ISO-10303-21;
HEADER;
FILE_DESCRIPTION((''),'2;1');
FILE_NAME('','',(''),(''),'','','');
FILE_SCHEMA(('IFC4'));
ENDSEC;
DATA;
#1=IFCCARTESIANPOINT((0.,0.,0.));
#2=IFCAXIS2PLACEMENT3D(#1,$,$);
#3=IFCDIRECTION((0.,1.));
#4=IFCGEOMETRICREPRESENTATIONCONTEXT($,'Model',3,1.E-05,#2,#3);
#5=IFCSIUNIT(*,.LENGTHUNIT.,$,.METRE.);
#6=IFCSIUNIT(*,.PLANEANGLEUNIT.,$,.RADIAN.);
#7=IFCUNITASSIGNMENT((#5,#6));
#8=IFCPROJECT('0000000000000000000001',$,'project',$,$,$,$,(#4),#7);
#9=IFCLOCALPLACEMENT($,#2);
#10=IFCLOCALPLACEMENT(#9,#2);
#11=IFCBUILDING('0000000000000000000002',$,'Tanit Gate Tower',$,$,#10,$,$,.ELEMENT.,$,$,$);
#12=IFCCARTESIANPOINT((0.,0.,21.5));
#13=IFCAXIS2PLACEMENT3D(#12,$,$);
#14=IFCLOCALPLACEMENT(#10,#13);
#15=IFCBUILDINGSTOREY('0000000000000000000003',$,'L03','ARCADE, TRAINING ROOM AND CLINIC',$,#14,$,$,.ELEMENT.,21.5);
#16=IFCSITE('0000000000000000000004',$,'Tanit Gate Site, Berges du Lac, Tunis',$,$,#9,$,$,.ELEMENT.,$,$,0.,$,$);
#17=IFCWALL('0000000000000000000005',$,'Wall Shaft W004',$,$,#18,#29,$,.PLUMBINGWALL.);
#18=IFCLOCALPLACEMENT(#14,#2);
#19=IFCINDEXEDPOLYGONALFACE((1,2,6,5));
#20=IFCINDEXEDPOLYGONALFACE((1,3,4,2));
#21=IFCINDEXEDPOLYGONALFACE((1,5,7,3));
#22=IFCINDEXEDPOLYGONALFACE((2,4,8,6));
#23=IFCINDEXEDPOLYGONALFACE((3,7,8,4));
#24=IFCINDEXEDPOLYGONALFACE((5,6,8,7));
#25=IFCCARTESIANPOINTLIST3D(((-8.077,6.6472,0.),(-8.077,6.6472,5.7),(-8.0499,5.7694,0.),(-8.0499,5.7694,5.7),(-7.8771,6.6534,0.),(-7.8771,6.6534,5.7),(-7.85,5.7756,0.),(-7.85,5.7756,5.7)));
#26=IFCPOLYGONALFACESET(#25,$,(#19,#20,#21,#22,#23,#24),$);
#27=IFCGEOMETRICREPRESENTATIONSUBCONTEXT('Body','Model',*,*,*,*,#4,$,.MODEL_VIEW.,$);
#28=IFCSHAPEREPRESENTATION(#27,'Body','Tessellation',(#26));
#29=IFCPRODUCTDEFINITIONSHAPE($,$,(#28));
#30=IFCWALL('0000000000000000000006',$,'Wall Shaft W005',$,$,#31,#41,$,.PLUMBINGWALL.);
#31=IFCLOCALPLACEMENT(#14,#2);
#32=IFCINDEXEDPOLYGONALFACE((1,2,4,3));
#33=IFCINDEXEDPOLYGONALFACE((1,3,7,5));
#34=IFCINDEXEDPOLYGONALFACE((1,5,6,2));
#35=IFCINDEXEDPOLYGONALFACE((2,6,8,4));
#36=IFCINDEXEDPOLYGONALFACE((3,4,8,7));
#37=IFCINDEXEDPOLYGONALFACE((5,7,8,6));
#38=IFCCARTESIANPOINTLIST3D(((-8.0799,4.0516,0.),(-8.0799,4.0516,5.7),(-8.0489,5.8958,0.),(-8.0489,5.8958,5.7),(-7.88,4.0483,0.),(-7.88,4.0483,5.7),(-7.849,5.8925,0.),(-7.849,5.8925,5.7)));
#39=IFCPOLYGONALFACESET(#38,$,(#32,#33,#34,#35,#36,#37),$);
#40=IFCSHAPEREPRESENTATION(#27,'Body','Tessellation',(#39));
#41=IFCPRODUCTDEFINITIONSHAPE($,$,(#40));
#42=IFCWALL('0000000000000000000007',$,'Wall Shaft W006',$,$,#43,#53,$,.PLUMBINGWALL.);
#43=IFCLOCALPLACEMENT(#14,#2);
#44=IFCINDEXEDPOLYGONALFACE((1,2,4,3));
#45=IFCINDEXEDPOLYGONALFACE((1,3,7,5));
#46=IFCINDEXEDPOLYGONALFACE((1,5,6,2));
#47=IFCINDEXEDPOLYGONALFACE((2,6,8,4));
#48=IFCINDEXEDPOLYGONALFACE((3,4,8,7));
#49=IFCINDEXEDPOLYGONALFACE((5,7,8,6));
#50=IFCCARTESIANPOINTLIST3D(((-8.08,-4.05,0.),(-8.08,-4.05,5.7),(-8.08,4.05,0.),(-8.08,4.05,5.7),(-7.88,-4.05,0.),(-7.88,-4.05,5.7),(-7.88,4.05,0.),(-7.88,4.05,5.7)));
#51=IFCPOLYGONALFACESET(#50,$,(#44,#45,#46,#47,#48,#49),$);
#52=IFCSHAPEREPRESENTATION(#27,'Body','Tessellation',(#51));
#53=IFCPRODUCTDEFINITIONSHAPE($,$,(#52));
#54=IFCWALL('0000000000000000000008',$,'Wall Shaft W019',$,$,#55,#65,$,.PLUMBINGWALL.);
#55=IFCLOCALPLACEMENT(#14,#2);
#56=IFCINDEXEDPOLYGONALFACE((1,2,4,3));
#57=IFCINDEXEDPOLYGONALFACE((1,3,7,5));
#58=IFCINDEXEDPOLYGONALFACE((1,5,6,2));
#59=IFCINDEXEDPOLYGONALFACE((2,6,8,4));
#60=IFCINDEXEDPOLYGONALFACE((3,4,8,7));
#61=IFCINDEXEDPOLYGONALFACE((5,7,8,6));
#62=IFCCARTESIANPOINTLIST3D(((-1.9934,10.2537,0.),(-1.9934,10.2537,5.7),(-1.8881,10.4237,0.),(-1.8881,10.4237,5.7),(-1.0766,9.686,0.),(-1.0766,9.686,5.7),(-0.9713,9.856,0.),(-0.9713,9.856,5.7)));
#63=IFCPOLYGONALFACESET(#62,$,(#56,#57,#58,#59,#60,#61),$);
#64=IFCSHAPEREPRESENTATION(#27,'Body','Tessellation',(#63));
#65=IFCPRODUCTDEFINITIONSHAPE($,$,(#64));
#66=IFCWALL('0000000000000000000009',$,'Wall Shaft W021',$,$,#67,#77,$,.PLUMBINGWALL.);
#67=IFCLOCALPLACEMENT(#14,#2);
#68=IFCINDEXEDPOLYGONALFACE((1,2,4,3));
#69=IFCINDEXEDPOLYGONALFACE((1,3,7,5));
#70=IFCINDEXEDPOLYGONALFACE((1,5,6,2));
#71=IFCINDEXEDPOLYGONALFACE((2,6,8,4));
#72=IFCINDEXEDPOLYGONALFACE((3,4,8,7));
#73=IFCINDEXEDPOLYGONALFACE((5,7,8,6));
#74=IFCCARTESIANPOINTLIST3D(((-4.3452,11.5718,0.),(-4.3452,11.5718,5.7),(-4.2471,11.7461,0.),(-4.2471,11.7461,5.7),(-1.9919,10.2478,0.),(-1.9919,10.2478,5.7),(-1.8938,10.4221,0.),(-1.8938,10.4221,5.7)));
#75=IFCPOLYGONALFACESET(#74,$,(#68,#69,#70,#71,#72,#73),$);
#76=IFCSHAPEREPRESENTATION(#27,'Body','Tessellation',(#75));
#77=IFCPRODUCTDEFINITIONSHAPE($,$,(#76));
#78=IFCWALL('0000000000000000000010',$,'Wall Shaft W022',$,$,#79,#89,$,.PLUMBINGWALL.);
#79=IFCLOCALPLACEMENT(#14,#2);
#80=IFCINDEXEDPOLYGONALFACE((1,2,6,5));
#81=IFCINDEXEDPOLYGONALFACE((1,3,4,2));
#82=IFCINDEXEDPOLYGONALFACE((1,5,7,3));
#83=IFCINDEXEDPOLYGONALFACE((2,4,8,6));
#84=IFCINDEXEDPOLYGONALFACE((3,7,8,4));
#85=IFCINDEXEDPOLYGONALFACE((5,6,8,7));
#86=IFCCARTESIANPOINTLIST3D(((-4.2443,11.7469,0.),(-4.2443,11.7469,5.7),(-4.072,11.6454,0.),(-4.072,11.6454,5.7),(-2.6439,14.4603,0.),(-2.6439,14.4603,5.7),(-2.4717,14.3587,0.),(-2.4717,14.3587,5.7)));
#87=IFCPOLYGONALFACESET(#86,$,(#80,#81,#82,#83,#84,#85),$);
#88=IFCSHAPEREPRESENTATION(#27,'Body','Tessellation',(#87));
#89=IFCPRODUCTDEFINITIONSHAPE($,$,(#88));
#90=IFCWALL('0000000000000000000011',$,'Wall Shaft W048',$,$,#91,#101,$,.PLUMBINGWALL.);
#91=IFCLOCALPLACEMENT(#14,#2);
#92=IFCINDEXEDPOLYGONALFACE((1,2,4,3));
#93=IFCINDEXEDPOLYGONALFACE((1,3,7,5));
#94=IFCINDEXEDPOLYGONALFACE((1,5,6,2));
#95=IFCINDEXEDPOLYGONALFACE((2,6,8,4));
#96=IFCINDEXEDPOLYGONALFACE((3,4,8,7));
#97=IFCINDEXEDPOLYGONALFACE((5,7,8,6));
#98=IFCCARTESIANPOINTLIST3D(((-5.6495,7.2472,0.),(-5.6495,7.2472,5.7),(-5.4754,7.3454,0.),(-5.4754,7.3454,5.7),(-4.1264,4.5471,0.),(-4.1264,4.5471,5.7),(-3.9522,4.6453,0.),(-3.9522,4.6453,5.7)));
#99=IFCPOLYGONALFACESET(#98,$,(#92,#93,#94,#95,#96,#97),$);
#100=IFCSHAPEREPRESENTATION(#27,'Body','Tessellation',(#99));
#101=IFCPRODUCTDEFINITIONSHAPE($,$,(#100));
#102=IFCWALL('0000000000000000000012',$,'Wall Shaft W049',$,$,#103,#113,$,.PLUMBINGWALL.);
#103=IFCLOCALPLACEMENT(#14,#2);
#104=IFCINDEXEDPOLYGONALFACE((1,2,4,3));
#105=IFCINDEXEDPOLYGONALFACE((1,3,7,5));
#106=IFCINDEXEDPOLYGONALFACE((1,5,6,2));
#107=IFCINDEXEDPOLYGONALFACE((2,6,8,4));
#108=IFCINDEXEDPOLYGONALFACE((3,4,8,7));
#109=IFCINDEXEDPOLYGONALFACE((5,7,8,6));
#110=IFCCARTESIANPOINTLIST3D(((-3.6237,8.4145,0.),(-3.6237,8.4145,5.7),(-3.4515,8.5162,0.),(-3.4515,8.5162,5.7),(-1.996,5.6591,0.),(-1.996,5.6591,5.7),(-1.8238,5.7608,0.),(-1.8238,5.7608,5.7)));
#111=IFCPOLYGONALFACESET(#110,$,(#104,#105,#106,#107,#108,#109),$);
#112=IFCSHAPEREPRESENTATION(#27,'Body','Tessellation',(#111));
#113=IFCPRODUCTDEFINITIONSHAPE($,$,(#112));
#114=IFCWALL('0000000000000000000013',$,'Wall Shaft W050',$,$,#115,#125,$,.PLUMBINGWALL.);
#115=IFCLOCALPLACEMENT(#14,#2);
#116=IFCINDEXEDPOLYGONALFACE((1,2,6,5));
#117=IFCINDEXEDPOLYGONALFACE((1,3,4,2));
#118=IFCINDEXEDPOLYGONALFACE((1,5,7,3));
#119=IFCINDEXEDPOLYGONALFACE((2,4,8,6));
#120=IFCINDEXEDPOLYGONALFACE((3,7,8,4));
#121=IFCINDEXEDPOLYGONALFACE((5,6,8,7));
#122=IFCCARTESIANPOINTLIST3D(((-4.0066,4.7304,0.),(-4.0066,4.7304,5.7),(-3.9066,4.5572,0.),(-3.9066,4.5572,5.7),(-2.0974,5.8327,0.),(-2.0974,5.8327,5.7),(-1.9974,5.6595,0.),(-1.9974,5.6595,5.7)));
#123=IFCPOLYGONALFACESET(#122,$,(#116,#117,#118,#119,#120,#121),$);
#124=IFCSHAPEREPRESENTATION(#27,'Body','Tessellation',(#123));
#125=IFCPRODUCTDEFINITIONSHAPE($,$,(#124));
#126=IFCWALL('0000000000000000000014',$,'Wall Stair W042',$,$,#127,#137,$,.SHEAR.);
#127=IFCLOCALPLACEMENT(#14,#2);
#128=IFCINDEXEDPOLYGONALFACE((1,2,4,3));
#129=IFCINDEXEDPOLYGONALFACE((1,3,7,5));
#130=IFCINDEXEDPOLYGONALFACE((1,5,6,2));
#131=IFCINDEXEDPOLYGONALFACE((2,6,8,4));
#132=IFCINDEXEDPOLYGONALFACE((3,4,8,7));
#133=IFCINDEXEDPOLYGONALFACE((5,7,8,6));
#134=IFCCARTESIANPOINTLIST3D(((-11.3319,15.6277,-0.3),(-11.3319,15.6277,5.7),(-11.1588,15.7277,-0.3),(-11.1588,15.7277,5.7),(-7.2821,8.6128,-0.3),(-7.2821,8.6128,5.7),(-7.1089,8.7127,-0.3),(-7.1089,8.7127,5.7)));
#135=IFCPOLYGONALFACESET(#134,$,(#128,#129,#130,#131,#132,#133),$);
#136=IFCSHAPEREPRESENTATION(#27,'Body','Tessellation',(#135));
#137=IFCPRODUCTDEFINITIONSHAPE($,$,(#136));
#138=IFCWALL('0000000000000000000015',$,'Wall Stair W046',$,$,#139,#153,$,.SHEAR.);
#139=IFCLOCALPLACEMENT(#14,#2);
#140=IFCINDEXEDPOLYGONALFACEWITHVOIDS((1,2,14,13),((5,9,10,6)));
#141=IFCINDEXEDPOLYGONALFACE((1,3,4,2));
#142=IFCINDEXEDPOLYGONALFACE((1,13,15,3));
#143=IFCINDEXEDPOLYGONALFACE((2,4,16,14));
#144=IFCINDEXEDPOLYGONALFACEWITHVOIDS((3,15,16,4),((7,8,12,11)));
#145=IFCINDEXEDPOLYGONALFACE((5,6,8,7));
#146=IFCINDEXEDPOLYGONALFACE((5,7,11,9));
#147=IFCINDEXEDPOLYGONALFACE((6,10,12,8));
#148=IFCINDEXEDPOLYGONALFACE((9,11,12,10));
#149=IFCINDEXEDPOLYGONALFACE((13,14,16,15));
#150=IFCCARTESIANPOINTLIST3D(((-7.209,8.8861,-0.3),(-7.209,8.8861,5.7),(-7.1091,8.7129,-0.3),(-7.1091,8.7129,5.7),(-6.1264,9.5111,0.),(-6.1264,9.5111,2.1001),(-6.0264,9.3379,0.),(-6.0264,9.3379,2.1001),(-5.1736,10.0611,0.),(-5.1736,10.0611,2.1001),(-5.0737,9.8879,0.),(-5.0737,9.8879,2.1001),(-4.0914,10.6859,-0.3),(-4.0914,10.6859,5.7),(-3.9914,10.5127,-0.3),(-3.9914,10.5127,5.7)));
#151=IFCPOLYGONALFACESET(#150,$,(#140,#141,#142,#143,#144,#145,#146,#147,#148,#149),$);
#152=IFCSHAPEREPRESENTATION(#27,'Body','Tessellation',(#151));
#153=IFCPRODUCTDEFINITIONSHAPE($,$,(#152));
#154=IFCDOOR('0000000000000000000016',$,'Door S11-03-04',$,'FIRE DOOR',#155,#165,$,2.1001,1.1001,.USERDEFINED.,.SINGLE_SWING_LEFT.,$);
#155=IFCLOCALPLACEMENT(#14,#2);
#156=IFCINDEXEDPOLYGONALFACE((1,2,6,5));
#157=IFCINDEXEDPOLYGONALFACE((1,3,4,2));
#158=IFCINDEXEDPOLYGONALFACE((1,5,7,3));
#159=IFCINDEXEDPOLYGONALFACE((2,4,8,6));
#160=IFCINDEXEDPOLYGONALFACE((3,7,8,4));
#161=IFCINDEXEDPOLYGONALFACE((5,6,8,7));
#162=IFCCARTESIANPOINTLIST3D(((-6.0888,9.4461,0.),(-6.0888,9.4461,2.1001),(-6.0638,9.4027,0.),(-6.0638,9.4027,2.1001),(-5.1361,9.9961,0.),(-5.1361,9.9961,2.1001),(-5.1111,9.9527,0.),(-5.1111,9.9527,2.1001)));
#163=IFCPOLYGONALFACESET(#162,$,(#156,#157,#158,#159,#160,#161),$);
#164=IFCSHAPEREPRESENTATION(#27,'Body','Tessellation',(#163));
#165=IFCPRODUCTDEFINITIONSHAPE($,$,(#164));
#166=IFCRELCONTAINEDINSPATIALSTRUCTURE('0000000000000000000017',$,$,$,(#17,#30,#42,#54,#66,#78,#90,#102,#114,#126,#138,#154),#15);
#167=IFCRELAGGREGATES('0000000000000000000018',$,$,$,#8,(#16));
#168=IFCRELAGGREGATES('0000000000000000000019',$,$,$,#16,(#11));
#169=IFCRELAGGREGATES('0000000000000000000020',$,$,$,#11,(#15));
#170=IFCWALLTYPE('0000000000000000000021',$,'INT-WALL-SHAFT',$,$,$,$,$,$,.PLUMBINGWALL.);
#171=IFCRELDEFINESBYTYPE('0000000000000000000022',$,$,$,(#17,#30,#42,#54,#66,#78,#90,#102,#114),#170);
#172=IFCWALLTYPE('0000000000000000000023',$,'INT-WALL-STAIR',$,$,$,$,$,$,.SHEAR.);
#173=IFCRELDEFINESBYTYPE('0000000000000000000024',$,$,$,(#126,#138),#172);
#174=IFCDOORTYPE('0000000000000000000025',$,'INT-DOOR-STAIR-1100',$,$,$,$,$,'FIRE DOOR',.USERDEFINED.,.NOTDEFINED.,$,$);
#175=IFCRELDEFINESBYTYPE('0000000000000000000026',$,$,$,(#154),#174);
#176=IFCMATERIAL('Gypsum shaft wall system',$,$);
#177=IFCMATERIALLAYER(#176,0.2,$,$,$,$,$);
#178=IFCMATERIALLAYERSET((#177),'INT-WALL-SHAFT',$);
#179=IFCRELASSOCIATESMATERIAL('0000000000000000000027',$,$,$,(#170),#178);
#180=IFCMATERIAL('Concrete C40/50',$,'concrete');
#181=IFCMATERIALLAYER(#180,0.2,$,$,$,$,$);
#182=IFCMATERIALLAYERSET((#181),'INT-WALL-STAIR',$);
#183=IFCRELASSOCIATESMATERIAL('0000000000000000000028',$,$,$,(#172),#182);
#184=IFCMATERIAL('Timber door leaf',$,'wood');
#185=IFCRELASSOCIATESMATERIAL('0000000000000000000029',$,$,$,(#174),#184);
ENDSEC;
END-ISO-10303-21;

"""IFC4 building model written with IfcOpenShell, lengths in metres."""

from ifc_helpers import new_model, si_unit, direction, frame, frame_2d, origin, place, context, subcontext, project, spatial, rectangle, extrude, material, layer, layer_set, type_object, element, fill, save


model = new_model("IFC4")

# Units and contexts
model_context = context("Model", 3, precision=1e-05, world=origin(), true_north=direction((0.0, 1.0)))
body_context = subcontext(model_context, "Body", "Model", "MODEL_VIEW")
ifc_project = project(units=[si_unit("LENGTHUNIT", "METRE"), si_unit("PLANEANGLEUNIT", "RADIAN")], contexts=[model_context])

# Site, building, storey
site_placement = place(None, origin())
site = spatial("IfcSite", under=ifc_project, at=site_placement, Name="Tanit Gate Site, Berges du Lac, Tunis", CompositionType="ELEMENT", RefElevation=0.0)
building_placement = place(site_placement, origin())
building = spatial("IfcBuilding", under=site, at=building_placement, Name="Tanit Gate Tower", CompositionType="ELEMENT")
storey_placement = place(building_placement, frame((0.0, 0.0, 21.5)))
storey = spatial("IfcBuildingStorey", under=building, at=storey_placement, Name="L03", Description="ARCADE, TRAINING ROOM AND CLINIC", CompositionType="ELEMENT", Elevation=21.5)

# Walls
ifc_material_1 = material(Name="Gypsum shaft wall system")
ifc_layer_1 = layer(ifc_material_1, 0.2)
ifc_layer_set_1 = layer_set([ifc_layer_1], Name="INT-WALL-SHAFT")
wall_type_1 = type_object("IfcWallType", Name="INT-WALL-SHAFT", PredefinedType="PLUMBINGWALL", material=ifc_layer_set_1)
wall_1_placement = place(storey_placement, frame((-7.9771, 6.6501, 0.0), z_axis=(0.0, 0.0, 1.0), x_axis=(0.030862, -0.999524, 0.0)))
element("IfcWall", 1, at=wall_1_placement, inside=storey, type_object=wall_type_1, Name="Wall Shaft W004", PredefinedType="PLUMBINGWALL", context=body_context, shape_type="SweptSolid", body=[
    extrude(rectangle(XDim=0.8782, YDim=0.2, at=frame_2d((0.439, 0.0))), origin(), (0.0, 0.0, 1.0), 5.7),
])
wall_2_placement = place(storey_placement, frame((-7.949, 5.8943, 0.0), z_axis=(0.0, 0.0, 1.0), x_axis=(-0.01681, -0.999859, 0.0)))
element("IfcWall", 2, at=wall_2_placement, inside=storey, type_object=wall_type_1, Name="Wall Shaft W005", PredefinedType="PLUMBINGWALL", context=body_context, shape_type="SweptSolid", body=[
    extrude(rectangle(XDim=1.8445, YDim=0.2, at=frame_2d((0.9224, 0.0))), origin(), (0.0, 0.0, 1.0), 5.7),
])
wall_3_placement = place(storey_placement, frame((-7.98, 4.05, 0.0), z_axis=(0.0, 0.0, 1.0), x_axis=(0.0, -1.0, 0.0)))
element("IfcWall", 3, at=wall_3_placement, inside=storey, type_object=wall_type_1, Name="Wall Shaft W006", PredefinedType="PLUMBINGWALL", context=body_context, shape_type="SweptSolid", body=[
    extrude(rectangle(XDim=8.1001, YDim=0.2, at=frame_2d((4.05, 0.0))), origin(), (0.0, 0.0, 1.0), 5.7),
])
wall_4_placement = place(storey_placement, frame((-1.9407, 10.3386, 0.0), z_axis=(0.0, 0.0, 1.0), x_axis=(0.850217, -0.526433, 0.0)))
element("IfcWall", 4, at=wall_4_placement, inside=storey, type_object=wall_type_1, Name="Wall Shaft W019", PredefinedType="PLUMBINGWALL", context=body_context, shape_type="SweptSolid", body=[
    extrude(rectangle(XDim=1.0784, YDim=0.2, at=frame_2d((0.5391, 0.0))), origin(), (0.0, 0.0, 1.0), 5.7),
])
wall_5_placement = place(storey_placement, frame((-4.2961, 11.6589, 0.0), z_axis=(0.0, 0.0, 1.0), x_axis=(0.871534, -0.490334, 0.0)))
element("IfcWall", 5, at=wall_5_placement, inside=storey, type_object=wall_type_1, Name="Wall Shaft W021", PredefinedType="PLUMBINGWALL", context=body_context, shape_type="SweptSolid", body=[
    extrude(rectangle(XDim=2.7002, YDim=0.2, at=frame_2d((1.3501, 0.0))), origin(), (0.0, 0.0, 1.0), 5.7),
])
wall_6_placement = place(storey_placement, frame((-4.1582, 11.696, 0.0), z_axis=(0.0, 0.0, 1.0), x_axis=(0.508019, 0.861346, 0.0)))
element("IfcWall", 6, at=wall_6_placement, inside=storey, type_object=wall_type_1, Name="Wall Shaft W022", PredefinedType="PLUMBINGWALL", context=body_context, shape_type="SweptSolid", body=[
    extrude(rectangle(XDim=3.1501, YDim=0.2, at=frame_2d((1.5752, 0.0))), origin(), (0.0, 0.0, 1.0), 5.7),
])

# Walls
wall_7_placement = place(storey_placement, frame((-4.0393, 4.5962, 0.0), z_axis=(0.0, 0.0, 1.0), x_axis=(-0.491323, 0.870978, 0.0)))
element("IfcWall", 7, at=wall_7_placement, inside=storey, type_object=wall_type_1, Name="Wall Shaft W048", PredefinedType="PLUMBINGWALL", context=body_context, shape_type="SweptSolid", body=[
    extrude(rectangle(XDim=3.1001, YDim=0.2, at=frame_2d((1.55, 0.0))), origin(), (0.0, 0.0, 1.0), 5.7),
])
wall_8_placement = place(storey_placement, frame((-3.5376, 8.4653, 0.0), z_axis=(0.0, 0.0, 1.0), x_axis=(0.508616, -0.860993, 0.0)))
element("IfcWall", 8, at=wall_8_placement, inside=storey, type_object=wall_type_1, Name="Wall Shaft W049", PredefinedType="PLUMBINGWALL", context=body_context, shape_type="SweptSolid", body=[
    extrude(rectangle(XDim=3.2002, YDim=0.2, at=frame_2d((1.6001, 0.0))), origin(), (0.0, 0.0, 1.0), 5.7),
])
wall_9_placement = place(storey_placement, frame((-2.0474, 5.7461, 0.0), z_axis=(0.0, 0.0, 1.0), x_axis=(-0.86602, -0.50001, 0.0)))
element("IfcWall", 9, at=wall_9_placement, inside=storey, type_object=wall_type_1, Name="Wall Shaft W050", PredefinedType="PLUMBINGWALL", context=body_context, shape_type="SweptSolid", body=[
    extrude(rectangle(XDim=2.2046, YDim=0.2, at=frame_2d((1.1023, 0.0))), origin(), (0.0, 0.0, 1.0), 5.7),
])
ifc_material_2 = material(Name="Concrete C40/50", Category="concrete")
ifc_layer_2 = layer(ifc_material_2, 0.2)
ifc_layer_set_2 = layer_set([ifc_layer_2], Name="INT-WALL-STAIR")
wall_type_2 = type_object("IfcWallType", Name="INT-WALL-STAIR", PredefinedType="SHEAR", material=ifc_layer_set_2)
wall_10_placement = place(storey_placement, frame((-11.2454, 15.6777, -0.3), z_axis=(0.0, 0.0, 1.0), x_axis=(0.499977, -0.866039, 0.0)))
element("IfcWall", 10, at=wall_10_placement, inside=storey, type_object=wall_type_2, Name="Wall Stair W042", PredefinedType="SHEAR", context=body_context, shape_type="SweptSolid", body=[
    extrude(rectangle(XDim=8.1001, YDim=0.2, at=frame_2d((4.05, 0.0))), origin(), (0.0, 0.0, 1.0), 6.0),
])

# Wall, opening, door
wall_11_placement = place(storey_placement, frame((-7.1589, 8.7996, -0.3), z_axis=(0.0, 0.0, 1.0), x_axis=(0.866048, 0.499961, 0.0)))
wall_11 = element("IfcWall", 11, at=wall_11_placement, inside=storey, type_object=wall_type_2, Name="Wall Stair W046", PredefinedType="SHEAR", context=body_context, shape_type="SweptSolid", body=[
    extrude(rectangle(XDim=3.5999, YDim=0.2, at=frame_2d((1.7998, 0.0))), origin(), (0.0, 0.0, 1.0), 6.0),
])
opening_1_placement = place(wall_11_placement, frame((1.25, 0.0, 0.3)))
opening_1 = element("IfcOpeningElement", 12, at=opening_1_placement, cuts=wall_11, PredefinedType="OPENING", context=body_context, shape_type="SweptSolid", body=[
    extrude(rectangle(XDim=1.1001, YDim=2.1001, at=frame_2d((0.55, 1.05))), frame((0.0, 0.1099, 0.0), z_axis=(0.0, -1.0, 0.0), x_axis=(1.0, 0.0, 0.0)), (0.0, 0.0, 1.0), 0.22),
])
ifc_material_3 = material(Name="Timber door leaf", Category="wood")
door_type_1 = type_object("IfcDoorType", Name="INT-DOOR-STAIR-1100", ElementType="FIRE DOOR", OperationType="NOTDEFINED", PredefinedType="USERDEFINED", material=ifc_material_3)
door_1_placement = place(opening_1_placement, origin())
door_1 = element("IfcDoor", 13, at=door_1_placement, inside=storey, type_object=door_type_1, Name="Door S11-03-04", ObjectType="FIRE DOOR", OperationType="SINGLE_SWING_LEFT", OverallHeight=2.1001, OverallWidth=1.1001, PredefinedType="USERDEFINED", context=body_context, shape_type="SweptSolid", body=[
    extrude(rectangle(XDim=1.1001, YDim=2.1001, at=frame_2d((0.55, 1.05))), frame((0.0, 0.0249, 0.0), z_axis=(0.0, -1.0, 0.0), x_axis=(1.0, 0.0, 0.0)), (0.0, 0.0, 1.0), 0.05),
])
fill(opening_1, door_1)

save(model, "model.ifc")
